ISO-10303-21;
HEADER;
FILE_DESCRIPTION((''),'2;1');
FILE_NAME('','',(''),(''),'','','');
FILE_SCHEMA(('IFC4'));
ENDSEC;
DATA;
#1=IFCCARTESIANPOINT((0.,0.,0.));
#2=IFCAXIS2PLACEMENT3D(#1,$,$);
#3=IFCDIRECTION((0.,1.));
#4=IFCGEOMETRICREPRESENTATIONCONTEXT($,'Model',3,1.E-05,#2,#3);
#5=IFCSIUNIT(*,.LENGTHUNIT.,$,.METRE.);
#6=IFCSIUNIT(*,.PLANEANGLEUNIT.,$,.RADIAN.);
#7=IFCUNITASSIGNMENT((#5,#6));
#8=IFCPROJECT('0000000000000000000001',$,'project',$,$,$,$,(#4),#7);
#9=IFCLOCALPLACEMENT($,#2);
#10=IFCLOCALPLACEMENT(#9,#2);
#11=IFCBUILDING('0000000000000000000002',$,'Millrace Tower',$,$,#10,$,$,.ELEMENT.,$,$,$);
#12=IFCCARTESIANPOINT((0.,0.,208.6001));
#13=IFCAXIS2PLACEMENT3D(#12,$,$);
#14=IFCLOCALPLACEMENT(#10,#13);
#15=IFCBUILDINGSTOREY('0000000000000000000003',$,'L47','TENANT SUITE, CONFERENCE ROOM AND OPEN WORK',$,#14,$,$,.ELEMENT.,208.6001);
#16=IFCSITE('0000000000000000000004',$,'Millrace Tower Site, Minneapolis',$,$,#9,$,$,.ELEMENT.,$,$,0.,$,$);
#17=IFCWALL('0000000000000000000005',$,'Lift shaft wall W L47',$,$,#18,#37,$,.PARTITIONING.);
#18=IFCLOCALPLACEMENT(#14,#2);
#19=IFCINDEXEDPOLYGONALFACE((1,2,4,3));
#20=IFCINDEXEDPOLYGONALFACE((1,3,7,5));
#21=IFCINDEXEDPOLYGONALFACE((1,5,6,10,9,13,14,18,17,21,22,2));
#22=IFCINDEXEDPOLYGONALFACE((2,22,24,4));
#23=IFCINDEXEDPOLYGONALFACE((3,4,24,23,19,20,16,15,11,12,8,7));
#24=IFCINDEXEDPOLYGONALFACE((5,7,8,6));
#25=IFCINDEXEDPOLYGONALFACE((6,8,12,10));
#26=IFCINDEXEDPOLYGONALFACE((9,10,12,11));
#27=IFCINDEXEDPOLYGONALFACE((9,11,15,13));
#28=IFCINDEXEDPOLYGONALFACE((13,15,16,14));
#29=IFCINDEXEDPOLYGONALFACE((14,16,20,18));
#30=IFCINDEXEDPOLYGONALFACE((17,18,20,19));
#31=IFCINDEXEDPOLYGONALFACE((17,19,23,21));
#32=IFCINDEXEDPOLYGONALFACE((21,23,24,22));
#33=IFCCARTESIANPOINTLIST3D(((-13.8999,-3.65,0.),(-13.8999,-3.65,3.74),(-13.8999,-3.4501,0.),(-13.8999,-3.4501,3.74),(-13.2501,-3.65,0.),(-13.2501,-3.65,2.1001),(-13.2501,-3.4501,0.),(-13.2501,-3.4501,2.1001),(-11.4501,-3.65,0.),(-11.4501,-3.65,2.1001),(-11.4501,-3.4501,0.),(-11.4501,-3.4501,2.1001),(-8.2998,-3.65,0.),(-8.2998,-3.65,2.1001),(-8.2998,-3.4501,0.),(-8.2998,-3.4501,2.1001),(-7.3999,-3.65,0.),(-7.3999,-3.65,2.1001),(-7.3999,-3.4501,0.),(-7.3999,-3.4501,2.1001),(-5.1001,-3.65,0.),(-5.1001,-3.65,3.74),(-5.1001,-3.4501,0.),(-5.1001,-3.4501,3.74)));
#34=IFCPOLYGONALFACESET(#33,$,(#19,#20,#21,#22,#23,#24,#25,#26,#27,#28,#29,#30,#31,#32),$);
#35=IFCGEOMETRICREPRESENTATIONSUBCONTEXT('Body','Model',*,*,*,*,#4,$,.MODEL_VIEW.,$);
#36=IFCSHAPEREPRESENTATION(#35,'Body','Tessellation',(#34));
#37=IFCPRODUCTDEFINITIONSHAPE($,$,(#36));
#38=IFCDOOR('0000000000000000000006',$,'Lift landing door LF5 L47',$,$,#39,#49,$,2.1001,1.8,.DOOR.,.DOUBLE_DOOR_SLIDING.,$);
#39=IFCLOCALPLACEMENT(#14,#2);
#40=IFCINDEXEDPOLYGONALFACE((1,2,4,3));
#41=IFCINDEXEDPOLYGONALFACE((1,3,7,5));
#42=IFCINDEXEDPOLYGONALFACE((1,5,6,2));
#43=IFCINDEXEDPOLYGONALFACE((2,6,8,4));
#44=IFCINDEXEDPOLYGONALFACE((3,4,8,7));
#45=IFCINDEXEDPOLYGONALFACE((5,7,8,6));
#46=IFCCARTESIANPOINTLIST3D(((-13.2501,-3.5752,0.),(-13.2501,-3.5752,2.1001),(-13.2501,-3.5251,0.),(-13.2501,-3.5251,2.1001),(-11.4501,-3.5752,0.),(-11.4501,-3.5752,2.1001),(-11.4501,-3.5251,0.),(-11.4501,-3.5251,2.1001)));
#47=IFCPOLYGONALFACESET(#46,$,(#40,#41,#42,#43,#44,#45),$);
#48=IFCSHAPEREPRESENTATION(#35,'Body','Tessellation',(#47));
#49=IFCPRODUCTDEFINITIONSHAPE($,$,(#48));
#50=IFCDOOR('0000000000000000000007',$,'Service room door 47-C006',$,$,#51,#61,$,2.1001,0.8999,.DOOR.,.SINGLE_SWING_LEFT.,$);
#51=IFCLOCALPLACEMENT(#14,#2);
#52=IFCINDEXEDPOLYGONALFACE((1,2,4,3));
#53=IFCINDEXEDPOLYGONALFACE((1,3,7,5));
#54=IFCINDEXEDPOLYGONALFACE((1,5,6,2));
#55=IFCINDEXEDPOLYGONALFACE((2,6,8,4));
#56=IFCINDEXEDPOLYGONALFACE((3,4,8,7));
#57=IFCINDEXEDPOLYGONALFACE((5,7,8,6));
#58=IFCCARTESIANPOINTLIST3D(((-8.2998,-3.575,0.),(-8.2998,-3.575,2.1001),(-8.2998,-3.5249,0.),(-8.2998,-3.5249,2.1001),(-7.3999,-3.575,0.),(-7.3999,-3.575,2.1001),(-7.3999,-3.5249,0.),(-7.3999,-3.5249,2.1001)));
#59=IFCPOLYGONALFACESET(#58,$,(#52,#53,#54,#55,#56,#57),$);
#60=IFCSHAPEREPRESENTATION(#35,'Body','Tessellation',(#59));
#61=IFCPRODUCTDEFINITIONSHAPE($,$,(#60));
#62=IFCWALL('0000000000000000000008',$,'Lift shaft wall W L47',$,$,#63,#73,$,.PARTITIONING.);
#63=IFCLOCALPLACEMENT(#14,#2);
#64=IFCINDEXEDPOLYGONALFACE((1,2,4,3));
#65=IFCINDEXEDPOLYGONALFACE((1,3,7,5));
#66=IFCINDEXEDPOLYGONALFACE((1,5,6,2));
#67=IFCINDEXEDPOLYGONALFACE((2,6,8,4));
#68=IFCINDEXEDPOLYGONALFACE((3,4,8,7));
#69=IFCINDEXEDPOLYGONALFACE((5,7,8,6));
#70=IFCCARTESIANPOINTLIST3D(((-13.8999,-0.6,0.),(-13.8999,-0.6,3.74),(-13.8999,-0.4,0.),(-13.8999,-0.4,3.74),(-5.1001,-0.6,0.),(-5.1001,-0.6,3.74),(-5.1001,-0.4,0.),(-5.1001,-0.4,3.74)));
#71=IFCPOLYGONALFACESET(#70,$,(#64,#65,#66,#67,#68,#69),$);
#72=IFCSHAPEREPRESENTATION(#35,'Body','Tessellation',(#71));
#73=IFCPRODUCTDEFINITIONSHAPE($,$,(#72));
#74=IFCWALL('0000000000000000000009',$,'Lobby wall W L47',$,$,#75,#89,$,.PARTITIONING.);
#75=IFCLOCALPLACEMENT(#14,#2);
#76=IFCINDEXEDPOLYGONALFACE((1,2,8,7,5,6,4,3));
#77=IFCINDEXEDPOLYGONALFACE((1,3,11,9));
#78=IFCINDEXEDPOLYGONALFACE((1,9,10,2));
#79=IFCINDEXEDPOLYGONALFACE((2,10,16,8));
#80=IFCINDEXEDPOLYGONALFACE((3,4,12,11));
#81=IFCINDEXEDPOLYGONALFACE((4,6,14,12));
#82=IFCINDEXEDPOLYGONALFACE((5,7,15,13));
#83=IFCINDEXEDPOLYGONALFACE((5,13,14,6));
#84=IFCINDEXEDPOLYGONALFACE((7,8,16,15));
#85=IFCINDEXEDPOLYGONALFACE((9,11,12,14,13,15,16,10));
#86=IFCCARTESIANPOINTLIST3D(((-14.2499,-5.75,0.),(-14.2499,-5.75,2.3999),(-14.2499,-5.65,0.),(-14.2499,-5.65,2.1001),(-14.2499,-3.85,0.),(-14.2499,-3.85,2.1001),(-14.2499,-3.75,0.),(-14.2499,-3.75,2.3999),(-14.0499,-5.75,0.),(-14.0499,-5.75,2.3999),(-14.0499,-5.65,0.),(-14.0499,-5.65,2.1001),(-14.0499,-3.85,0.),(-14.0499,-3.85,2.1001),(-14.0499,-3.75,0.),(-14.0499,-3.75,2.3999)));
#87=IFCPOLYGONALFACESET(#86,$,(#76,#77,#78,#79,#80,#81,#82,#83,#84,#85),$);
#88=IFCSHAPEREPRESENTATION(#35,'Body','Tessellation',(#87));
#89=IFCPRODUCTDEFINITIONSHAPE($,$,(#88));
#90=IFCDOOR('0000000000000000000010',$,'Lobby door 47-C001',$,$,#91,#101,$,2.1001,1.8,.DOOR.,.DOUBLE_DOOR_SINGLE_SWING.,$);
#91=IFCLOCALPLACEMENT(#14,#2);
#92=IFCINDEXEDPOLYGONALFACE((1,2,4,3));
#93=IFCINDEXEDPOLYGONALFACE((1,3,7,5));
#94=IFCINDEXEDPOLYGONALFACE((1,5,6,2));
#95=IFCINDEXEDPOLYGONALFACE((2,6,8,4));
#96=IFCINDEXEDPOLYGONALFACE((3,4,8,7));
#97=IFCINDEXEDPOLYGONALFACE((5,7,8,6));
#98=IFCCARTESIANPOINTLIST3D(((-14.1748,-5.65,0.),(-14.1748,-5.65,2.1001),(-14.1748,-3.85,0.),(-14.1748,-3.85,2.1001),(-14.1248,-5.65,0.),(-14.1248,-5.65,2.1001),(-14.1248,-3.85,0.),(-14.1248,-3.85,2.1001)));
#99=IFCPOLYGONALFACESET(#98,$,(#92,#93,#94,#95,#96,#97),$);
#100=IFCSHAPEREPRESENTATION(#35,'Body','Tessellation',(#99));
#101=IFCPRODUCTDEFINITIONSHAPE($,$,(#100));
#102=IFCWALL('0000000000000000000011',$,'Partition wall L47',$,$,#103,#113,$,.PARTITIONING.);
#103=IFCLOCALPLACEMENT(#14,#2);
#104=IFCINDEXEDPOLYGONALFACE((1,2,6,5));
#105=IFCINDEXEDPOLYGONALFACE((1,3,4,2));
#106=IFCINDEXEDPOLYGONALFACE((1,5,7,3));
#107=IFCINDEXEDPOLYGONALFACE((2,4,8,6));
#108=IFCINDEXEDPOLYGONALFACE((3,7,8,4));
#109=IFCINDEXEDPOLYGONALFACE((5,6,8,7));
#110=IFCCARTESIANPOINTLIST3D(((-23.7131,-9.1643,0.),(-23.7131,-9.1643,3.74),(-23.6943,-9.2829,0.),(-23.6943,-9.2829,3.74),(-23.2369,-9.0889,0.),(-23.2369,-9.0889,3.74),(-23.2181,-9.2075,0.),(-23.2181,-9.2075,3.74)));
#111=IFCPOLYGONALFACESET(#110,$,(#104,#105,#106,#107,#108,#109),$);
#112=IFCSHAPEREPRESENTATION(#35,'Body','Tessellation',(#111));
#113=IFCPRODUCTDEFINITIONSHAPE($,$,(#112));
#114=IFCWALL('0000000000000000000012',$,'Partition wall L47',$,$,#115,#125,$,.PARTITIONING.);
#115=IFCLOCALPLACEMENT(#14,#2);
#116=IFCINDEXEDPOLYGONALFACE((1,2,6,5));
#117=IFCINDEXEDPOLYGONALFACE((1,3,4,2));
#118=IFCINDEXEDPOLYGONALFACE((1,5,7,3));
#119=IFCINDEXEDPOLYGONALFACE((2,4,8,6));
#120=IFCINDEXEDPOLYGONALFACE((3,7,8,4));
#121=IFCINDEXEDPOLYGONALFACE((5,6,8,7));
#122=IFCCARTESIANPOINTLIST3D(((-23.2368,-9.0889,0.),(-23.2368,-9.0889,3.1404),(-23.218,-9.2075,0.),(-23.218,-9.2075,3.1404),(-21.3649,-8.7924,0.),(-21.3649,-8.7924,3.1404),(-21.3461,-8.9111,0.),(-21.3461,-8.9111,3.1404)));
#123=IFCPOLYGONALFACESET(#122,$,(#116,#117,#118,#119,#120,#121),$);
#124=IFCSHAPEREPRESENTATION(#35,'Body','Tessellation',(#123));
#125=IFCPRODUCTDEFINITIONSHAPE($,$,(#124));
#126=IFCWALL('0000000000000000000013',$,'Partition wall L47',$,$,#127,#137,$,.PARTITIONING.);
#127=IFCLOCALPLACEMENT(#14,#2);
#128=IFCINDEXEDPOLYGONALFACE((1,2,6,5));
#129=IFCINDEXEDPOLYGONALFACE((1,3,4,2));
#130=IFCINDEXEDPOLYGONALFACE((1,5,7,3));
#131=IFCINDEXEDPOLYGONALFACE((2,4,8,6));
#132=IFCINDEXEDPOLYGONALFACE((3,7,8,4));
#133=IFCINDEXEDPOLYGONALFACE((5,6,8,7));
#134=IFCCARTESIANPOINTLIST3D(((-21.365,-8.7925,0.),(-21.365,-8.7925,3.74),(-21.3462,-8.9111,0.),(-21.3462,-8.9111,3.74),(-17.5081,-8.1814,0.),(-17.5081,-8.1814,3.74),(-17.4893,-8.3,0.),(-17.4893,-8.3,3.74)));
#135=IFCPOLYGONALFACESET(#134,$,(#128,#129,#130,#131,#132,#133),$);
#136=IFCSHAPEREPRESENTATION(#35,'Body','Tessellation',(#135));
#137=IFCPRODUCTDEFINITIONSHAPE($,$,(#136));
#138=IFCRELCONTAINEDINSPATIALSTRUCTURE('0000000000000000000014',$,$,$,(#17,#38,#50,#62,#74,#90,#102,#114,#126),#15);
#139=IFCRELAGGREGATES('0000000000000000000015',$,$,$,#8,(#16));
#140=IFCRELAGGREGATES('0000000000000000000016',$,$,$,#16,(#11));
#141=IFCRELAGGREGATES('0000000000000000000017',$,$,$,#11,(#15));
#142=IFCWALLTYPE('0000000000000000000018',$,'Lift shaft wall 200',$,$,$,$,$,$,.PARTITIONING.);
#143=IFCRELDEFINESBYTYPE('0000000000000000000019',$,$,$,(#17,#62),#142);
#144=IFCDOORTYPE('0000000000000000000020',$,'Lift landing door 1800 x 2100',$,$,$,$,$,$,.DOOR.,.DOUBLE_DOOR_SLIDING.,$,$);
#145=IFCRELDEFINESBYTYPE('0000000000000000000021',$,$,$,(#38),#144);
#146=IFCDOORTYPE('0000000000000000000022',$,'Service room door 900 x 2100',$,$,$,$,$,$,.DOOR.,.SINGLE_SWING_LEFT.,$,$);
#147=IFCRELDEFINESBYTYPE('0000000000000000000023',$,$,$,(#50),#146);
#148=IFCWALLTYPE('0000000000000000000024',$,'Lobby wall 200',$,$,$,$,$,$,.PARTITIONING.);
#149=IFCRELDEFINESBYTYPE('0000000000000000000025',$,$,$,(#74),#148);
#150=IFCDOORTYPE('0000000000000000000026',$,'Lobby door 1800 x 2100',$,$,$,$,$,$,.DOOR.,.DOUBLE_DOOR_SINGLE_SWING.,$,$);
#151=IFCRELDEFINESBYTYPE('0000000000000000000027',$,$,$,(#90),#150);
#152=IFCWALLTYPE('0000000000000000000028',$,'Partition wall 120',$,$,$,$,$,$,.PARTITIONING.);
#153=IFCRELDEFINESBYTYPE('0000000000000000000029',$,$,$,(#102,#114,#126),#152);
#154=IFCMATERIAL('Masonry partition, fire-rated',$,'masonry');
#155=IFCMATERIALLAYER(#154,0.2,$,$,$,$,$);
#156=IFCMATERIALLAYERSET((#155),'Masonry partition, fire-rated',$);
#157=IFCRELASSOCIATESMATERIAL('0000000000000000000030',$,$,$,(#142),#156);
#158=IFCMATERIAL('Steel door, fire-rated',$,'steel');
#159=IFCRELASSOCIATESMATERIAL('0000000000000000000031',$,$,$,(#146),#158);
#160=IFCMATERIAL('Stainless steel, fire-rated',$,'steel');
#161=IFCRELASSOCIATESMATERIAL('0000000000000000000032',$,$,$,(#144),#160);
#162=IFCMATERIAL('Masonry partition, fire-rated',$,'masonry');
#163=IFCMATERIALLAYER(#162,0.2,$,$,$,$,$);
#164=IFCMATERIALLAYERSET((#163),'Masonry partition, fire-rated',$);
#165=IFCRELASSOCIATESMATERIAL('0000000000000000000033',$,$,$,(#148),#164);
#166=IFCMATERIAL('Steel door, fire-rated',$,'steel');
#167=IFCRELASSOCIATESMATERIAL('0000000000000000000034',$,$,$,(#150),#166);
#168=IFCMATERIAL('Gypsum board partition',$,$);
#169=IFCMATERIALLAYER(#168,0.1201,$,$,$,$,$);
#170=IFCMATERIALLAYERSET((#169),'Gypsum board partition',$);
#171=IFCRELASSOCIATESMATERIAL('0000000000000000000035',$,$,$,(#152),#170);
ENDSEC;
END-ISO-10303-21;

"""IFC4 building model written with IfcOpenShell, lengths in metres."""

from ifc_helpers import new_model, si_unit, direction, frame, frame_2d, origin, place, context, subcontext, project, spatial, rectangle, extrude, material, layer, layer_set, type_object, element, fill, save


model = new_model("IFC4")

# Units and contexts
model_context = context("Model", 3, precision=1e-05, world=origin(), true_north=direction((0.0, 1.0)))
body_context = subcontext(model_context, "Body", "Model", "MODEL_VIEW")
ifc_project = project(units=[si_unit("LENGTHUNIT", "METRE"), si_unit("PLANEANGLEUNIT", "RADIAN")], contexts=[model_context])

# Site, building, storey
site_placement = place(None, origin())
site = spatial("IfcSite", under=ifc_project, at=site_placement, Name="Millrace Tower Site, Minneapolis", CompositionType="ELEMENT", RefElevation=0.0)
building_placement = place(site_placement, origin())
building = spatial("IfcBuilding", under=site, at=building_placement, Name="Millrace Tower", CompositionType="ELEMENT")
storey_placement = place(building_placement, frame((0.0, 0.0, 208.6001)))
storey = spatial("IfcBuildingStorey", under=building, at=storey_placement, Name="L47", Description="TENANT SUITE, CONFERENCE ROOM AND OPEN WORK", CompositionType="ELEMENT", Elevation=208.6001)

# Wall, openings, doors
ifc_material_1 = material(Name="Masonry partition, fire-rated", Category="masonry")
ifc_layer_1 = layer(ifc_material_1, 0.2)
ifc_layer_set_1 = layer_set([ifc_layer_1], Name="Masonry partition, fire-rated")
wall_type_1 = type_object("IfcWallType", Name="Lift shaft wall 200", PredefinedType="PARTITIONING", material=ifc_layer_set_1)
ifc_material_2 = material(Name="Steel door, fire-rated", Category="steel")
door_type_1 = type_object("IfcDoorType", Name="Service room door 900 x 2100", OperationType="SINGLE_SWING_LEFT", PredefinedType="DOOR", material=ifc_material_2)
wall_1_placement = place(storey_placement, frame((-13.8999, -3.55, 0.0), z_axis=(0.0, 0.0, 1.0), x_axis=(1.0, 0.0, 0.0)))
wall_1 = element("IfcWall", 1, at=wall_1_placement, inside=storey, type_object=wall_type_1, Name="Lift shaft wall W L47", PredefinedType="PARTITIONING", context=body_context, shape_type="SweptSolid", body=[
    extrude(rectangle(XDim=8.7998, YDim=0.2, at=frame_2d((4.3999, 0.0))), origin(), (0.0, 0.0, 1.0), 3.74),
])
opening_1_placement = place(wall_1_placement, frame((0.6499, 0.0, 0.0)))
opening_1 = element("IfcOpeningElement", 2, at=opening_1_placement, cuts=wall_1, PredefinedType="OPENING", context=body_context, shape_type="SweptSolid", body=[
    extrude(rectangle(XDim=1.8, YDim=2.1001, at=frame_2d((0.8999, 1.05))), frame((0.0, 0.1099, 0.0), z_axis=(0.0, -1.0, 0.0), x_axis=(1.0, 0.0, 0.0)), (0.0, 0.0, 1.0), 0.22),
])
opening_2_placement = place(wall_1_placement, frame((5.6001, 0.0, 0.0)))
opening_2 = element("IfcOpeningElement", 3, at=opening_2_placement, cuts=wall_1, PredefinedType="OPENING", context=body_context, shape_type="SweptSolid", body=[
    extrude(rectangle(XDim=0.8999, YDim=2.1001, at=frame_2d((0.45, 1.05))), frame((0.0, 0.1099, 0.0), z_axis=(0.0, -1.0, 0.0), x_axis=(1.0, 0.0, 0.0)), (0.0, 0.0, 1.0), 0.22),
])
ifc_material_3 = material(Name="Stainless steel, fire-rated", Category="steel")
door_type_2 = type_object("IfcDoorType", Name="Lift landing door 1800 x 2100", OperationType="DOUBLE_DOOR_SLIDING", PredefinedType="DOOR", material=ifc_material_3)
door_1_placement = place(opening_1_placement, origin())
door_1 = element("IfcDoor", 4, at=door_1_placement, inside=storey, type_object=door_type_2, Name="Lift landing door LF5 L47", OperationType="DOUBLE_DOOR_SLIDING", OverallHeight=2.1001, OverallWidth=1.8, PredefinedType="DOOR", context=body_context, shape_type="SweptSolid", body=[
    extrude(rectangle(XDim=1.8, YDim=2.1001, at=frame_2d((0.8999, 1.05))), frame((0.0, 0.0249, 0.0), z_axis=(0.0, -1.0, 0.0), x_axis=(1.0, 0.0, 0.0)), (0.0, 0.0, 1.0), 0.05),
])
fill(opening_1, door_1)
door_2_placement = place(opening_2_placement, frame((0.8999, 0.0, 0.0), z_axis=(0.0, 0.0, 1.0), x_axis=(-1.0, 0.0, 0.0)))
door_2 = element("IfcDoor", 5, at=door_2_placement, inside=storey, type_object=door_type_1, Name="Service room door 47-C006", OperationType="SINGLE_SWING_LEFT", OverallHeight=2.1001, OverallWidth=0.8999, PredefinedType="DOOR", context=body_context, shape_type="SweptSolid", body=[
    extrude(rectangle(XDim=0.8999, YDim=2.1001, at=frame_2d((0.45, 1.05))), frame((0.0, 0.0249, 0.0), z_axis=(0.0, -1.0, 0.0), x_axis=(1.0, 0.0, 0.0)), (0.0, 0.0, 1.0), 0.05),
])
fill(opening_2, door_2)

# Wall
wall_2_placement = place(storey_placement, frame((-13.8999, -0.5, 0.0), z_axis=(0.0, 0.0, 1.0), x_axis=(1.0, 0.0, 0.0)))
element("IfcWall", 6, at=wall_2_placement, inside=storey, type_object=wall_type_1, Name="Lift shaft wall W L47", PredefinedType="PARTITIONING", context=body_context, shape_type="SweptSolid", body=[
    extrude(rectangle(XDim=8.7998, YDim=0.2, at=frame_2d((4.3999, 0.0))), origin(), (0.0, 0.0, 1.0), 3.74),
])

# Wall, opening, door
ifc_material_4 = material(Name="Masonry partition, fire-rated", Category="masonry")
ifc_layer_2 = layer(ifc_material_4, 0.2)
ifc_layer_set_2 = layer_set([ifc_layer_2], Name="Masonry partition, fire-rated")
wall_type_2 = type_object("IfcWallType", Name="Lobby wall 200", PredefinedType="PARTITIONING", material=ifc_layer_set_2)
wall_3_placement = place(storey_placement, frame((-14.1499, -5.75, 0.0), z_axis=(0.0, 0.0, 1.0), x_axis=(0.0, 1.0, 0.0)))
wall_3 = element("IfcWall", 7, at=wall_3_placement, inside=storey, type_object=wall_type_2, Name="Lobby wall W L47", PredefinedType="PARTITIONING", context=body_context, shape_type="SweptSolid", body=[
    extrude(rectangle(XDim=2.0, YDim=0.2, at=frame_2d((1.0, 0.0))), origin(), (0.0, 0.0, 1.0), 2.3999),
])
opening_3_placement = place(wall_3_placement, frame((0.1001, 0.0, 0.0)))
opening_3 = element("IfcOpeningElement", 8, at=opening_3_placement, cuts=wall_3, PredefinedType="OPENING", context=body_context, shape_type="SweptSolid", body=[
    extrude(rectangle(XDim=1.8, YDim=2.1001, at=frame_2d((0.8999, 1.05))), frame((0.0, 0.1099, 0.0), z_axis=(0.0, -1.0, 0.0), x_axis=(1.0, 0.0, 0.0)), (0.0, 0.0, 1.0), 0.22),
])
ifc_material_5 = material(Name="Steel door, fire-rated", Category="steel")
door_type_3 = type_object("IfcDoorType", Name="Lobby door 1800 x 2100", OperationType="DOUBLE_DOOR_SINGLE_SWING", PredefinedType="DOOR", material=ifc_material_5)
door_3_placement = place(opening_3_placement, origin())
door_3 = element("IfcDoor", 9, at=door_3_placement, inside=storey, type_object=door_type_3, Name="Lobby door 47-C001", OperationType="DOUBLE_DOOR_SINGLE_SWING", OverallHeight=2.1001, OverallWidth=1.8, PredefinedType="DOOR", context=body_context, shape_type="SweptSolid", body=[
    extrude(rectangle(XDim=1.8, YDim=2.1001, at=frame_2d((0.8999, 1.05))), frame((0.0, 0.0249, 0.0), z_axis=(0.0, -1.0, 0.0), x_axis=(1.0, 0.0, 0.0)), (0.0, 0.0, 1.0), 0.05),
])
fill(opening_3, door_3)

# Walls
ifc_material_6 = material(Name="Gypsum board partition")
ifc_layer_3 = layer(ifc_material_6, 0.1201)
ifc_layer_set_3 = layer_set([ifc_layer_3], Name="Gypsum board partition")
wall_type_3 = type_object("IfcWallType", Name="Partition wall 120", PredefinedType="PARTITIONING", material=ifc_layer_set_3)
wall_4_placement = place(storey_placement, frame((-23.7039, -9.2236, 0.0), z_axis=(0.0, 0.0, 1.0), x_axis=(0.987689, 0.15643, 0.0)))
element("IfcWall", 10, at=wall_4_placement, inside=storey, type_object=wall_type_3, Name="Partition wall L47", PredefinedType="PARTITIONING", context=body_context, shape_type="SweptSolid", body=[
    extrude(rectangle(XDim=0.4822, YDim=0.1201, at=frame_2d((0.2412, 0.0))), origin(), (0.0, 0.0, 1.0), 3.74),
])
wall_5_placement = place(storey_placement, frame((-23.2275, -9.1482, 0.0), z_axis=(0.0, 0.0, 1.0), x_axis=(0.987695, 0.156393, 0.0)))
element("IfcWall", 11, at=wall_5_placement, inside=storey, type_object=wall_type_3, Name="Partition wall L47", PredefinedType="PARTITIONING", context=body_context, shape_type="SweptSolid", body=[
    extrude(rectangle(XDim=1.8953, YDim=0.1201, at=frame_2d((0.9478, 0.0))), origin(), (0.0, 0.0, 1.0), 3.1404),
])
wall_6_placement = place(storey_placement, frame((-21.3557, -8.8518, 0.0), z_axis=(0.0, 0.0, 1.0), x_axis=(0.98768, 0.156486, 0.0)))
element("IfcWall", 12, at=wall_6_placement, inside=storey, type_object=wall_type_3, Name="Partition wall L47", PredefinedType="PARTITIONING", context=body_context, shape_type="SweptSolid", body=[
    extrude(rectangle(XDim=3.905, YDim=0.1201, at=frame_2d((1.9526, 0.0))), origin(), (0.0, 0.0, 1.0), 3.74),
])

save(model, "model.ifc")
